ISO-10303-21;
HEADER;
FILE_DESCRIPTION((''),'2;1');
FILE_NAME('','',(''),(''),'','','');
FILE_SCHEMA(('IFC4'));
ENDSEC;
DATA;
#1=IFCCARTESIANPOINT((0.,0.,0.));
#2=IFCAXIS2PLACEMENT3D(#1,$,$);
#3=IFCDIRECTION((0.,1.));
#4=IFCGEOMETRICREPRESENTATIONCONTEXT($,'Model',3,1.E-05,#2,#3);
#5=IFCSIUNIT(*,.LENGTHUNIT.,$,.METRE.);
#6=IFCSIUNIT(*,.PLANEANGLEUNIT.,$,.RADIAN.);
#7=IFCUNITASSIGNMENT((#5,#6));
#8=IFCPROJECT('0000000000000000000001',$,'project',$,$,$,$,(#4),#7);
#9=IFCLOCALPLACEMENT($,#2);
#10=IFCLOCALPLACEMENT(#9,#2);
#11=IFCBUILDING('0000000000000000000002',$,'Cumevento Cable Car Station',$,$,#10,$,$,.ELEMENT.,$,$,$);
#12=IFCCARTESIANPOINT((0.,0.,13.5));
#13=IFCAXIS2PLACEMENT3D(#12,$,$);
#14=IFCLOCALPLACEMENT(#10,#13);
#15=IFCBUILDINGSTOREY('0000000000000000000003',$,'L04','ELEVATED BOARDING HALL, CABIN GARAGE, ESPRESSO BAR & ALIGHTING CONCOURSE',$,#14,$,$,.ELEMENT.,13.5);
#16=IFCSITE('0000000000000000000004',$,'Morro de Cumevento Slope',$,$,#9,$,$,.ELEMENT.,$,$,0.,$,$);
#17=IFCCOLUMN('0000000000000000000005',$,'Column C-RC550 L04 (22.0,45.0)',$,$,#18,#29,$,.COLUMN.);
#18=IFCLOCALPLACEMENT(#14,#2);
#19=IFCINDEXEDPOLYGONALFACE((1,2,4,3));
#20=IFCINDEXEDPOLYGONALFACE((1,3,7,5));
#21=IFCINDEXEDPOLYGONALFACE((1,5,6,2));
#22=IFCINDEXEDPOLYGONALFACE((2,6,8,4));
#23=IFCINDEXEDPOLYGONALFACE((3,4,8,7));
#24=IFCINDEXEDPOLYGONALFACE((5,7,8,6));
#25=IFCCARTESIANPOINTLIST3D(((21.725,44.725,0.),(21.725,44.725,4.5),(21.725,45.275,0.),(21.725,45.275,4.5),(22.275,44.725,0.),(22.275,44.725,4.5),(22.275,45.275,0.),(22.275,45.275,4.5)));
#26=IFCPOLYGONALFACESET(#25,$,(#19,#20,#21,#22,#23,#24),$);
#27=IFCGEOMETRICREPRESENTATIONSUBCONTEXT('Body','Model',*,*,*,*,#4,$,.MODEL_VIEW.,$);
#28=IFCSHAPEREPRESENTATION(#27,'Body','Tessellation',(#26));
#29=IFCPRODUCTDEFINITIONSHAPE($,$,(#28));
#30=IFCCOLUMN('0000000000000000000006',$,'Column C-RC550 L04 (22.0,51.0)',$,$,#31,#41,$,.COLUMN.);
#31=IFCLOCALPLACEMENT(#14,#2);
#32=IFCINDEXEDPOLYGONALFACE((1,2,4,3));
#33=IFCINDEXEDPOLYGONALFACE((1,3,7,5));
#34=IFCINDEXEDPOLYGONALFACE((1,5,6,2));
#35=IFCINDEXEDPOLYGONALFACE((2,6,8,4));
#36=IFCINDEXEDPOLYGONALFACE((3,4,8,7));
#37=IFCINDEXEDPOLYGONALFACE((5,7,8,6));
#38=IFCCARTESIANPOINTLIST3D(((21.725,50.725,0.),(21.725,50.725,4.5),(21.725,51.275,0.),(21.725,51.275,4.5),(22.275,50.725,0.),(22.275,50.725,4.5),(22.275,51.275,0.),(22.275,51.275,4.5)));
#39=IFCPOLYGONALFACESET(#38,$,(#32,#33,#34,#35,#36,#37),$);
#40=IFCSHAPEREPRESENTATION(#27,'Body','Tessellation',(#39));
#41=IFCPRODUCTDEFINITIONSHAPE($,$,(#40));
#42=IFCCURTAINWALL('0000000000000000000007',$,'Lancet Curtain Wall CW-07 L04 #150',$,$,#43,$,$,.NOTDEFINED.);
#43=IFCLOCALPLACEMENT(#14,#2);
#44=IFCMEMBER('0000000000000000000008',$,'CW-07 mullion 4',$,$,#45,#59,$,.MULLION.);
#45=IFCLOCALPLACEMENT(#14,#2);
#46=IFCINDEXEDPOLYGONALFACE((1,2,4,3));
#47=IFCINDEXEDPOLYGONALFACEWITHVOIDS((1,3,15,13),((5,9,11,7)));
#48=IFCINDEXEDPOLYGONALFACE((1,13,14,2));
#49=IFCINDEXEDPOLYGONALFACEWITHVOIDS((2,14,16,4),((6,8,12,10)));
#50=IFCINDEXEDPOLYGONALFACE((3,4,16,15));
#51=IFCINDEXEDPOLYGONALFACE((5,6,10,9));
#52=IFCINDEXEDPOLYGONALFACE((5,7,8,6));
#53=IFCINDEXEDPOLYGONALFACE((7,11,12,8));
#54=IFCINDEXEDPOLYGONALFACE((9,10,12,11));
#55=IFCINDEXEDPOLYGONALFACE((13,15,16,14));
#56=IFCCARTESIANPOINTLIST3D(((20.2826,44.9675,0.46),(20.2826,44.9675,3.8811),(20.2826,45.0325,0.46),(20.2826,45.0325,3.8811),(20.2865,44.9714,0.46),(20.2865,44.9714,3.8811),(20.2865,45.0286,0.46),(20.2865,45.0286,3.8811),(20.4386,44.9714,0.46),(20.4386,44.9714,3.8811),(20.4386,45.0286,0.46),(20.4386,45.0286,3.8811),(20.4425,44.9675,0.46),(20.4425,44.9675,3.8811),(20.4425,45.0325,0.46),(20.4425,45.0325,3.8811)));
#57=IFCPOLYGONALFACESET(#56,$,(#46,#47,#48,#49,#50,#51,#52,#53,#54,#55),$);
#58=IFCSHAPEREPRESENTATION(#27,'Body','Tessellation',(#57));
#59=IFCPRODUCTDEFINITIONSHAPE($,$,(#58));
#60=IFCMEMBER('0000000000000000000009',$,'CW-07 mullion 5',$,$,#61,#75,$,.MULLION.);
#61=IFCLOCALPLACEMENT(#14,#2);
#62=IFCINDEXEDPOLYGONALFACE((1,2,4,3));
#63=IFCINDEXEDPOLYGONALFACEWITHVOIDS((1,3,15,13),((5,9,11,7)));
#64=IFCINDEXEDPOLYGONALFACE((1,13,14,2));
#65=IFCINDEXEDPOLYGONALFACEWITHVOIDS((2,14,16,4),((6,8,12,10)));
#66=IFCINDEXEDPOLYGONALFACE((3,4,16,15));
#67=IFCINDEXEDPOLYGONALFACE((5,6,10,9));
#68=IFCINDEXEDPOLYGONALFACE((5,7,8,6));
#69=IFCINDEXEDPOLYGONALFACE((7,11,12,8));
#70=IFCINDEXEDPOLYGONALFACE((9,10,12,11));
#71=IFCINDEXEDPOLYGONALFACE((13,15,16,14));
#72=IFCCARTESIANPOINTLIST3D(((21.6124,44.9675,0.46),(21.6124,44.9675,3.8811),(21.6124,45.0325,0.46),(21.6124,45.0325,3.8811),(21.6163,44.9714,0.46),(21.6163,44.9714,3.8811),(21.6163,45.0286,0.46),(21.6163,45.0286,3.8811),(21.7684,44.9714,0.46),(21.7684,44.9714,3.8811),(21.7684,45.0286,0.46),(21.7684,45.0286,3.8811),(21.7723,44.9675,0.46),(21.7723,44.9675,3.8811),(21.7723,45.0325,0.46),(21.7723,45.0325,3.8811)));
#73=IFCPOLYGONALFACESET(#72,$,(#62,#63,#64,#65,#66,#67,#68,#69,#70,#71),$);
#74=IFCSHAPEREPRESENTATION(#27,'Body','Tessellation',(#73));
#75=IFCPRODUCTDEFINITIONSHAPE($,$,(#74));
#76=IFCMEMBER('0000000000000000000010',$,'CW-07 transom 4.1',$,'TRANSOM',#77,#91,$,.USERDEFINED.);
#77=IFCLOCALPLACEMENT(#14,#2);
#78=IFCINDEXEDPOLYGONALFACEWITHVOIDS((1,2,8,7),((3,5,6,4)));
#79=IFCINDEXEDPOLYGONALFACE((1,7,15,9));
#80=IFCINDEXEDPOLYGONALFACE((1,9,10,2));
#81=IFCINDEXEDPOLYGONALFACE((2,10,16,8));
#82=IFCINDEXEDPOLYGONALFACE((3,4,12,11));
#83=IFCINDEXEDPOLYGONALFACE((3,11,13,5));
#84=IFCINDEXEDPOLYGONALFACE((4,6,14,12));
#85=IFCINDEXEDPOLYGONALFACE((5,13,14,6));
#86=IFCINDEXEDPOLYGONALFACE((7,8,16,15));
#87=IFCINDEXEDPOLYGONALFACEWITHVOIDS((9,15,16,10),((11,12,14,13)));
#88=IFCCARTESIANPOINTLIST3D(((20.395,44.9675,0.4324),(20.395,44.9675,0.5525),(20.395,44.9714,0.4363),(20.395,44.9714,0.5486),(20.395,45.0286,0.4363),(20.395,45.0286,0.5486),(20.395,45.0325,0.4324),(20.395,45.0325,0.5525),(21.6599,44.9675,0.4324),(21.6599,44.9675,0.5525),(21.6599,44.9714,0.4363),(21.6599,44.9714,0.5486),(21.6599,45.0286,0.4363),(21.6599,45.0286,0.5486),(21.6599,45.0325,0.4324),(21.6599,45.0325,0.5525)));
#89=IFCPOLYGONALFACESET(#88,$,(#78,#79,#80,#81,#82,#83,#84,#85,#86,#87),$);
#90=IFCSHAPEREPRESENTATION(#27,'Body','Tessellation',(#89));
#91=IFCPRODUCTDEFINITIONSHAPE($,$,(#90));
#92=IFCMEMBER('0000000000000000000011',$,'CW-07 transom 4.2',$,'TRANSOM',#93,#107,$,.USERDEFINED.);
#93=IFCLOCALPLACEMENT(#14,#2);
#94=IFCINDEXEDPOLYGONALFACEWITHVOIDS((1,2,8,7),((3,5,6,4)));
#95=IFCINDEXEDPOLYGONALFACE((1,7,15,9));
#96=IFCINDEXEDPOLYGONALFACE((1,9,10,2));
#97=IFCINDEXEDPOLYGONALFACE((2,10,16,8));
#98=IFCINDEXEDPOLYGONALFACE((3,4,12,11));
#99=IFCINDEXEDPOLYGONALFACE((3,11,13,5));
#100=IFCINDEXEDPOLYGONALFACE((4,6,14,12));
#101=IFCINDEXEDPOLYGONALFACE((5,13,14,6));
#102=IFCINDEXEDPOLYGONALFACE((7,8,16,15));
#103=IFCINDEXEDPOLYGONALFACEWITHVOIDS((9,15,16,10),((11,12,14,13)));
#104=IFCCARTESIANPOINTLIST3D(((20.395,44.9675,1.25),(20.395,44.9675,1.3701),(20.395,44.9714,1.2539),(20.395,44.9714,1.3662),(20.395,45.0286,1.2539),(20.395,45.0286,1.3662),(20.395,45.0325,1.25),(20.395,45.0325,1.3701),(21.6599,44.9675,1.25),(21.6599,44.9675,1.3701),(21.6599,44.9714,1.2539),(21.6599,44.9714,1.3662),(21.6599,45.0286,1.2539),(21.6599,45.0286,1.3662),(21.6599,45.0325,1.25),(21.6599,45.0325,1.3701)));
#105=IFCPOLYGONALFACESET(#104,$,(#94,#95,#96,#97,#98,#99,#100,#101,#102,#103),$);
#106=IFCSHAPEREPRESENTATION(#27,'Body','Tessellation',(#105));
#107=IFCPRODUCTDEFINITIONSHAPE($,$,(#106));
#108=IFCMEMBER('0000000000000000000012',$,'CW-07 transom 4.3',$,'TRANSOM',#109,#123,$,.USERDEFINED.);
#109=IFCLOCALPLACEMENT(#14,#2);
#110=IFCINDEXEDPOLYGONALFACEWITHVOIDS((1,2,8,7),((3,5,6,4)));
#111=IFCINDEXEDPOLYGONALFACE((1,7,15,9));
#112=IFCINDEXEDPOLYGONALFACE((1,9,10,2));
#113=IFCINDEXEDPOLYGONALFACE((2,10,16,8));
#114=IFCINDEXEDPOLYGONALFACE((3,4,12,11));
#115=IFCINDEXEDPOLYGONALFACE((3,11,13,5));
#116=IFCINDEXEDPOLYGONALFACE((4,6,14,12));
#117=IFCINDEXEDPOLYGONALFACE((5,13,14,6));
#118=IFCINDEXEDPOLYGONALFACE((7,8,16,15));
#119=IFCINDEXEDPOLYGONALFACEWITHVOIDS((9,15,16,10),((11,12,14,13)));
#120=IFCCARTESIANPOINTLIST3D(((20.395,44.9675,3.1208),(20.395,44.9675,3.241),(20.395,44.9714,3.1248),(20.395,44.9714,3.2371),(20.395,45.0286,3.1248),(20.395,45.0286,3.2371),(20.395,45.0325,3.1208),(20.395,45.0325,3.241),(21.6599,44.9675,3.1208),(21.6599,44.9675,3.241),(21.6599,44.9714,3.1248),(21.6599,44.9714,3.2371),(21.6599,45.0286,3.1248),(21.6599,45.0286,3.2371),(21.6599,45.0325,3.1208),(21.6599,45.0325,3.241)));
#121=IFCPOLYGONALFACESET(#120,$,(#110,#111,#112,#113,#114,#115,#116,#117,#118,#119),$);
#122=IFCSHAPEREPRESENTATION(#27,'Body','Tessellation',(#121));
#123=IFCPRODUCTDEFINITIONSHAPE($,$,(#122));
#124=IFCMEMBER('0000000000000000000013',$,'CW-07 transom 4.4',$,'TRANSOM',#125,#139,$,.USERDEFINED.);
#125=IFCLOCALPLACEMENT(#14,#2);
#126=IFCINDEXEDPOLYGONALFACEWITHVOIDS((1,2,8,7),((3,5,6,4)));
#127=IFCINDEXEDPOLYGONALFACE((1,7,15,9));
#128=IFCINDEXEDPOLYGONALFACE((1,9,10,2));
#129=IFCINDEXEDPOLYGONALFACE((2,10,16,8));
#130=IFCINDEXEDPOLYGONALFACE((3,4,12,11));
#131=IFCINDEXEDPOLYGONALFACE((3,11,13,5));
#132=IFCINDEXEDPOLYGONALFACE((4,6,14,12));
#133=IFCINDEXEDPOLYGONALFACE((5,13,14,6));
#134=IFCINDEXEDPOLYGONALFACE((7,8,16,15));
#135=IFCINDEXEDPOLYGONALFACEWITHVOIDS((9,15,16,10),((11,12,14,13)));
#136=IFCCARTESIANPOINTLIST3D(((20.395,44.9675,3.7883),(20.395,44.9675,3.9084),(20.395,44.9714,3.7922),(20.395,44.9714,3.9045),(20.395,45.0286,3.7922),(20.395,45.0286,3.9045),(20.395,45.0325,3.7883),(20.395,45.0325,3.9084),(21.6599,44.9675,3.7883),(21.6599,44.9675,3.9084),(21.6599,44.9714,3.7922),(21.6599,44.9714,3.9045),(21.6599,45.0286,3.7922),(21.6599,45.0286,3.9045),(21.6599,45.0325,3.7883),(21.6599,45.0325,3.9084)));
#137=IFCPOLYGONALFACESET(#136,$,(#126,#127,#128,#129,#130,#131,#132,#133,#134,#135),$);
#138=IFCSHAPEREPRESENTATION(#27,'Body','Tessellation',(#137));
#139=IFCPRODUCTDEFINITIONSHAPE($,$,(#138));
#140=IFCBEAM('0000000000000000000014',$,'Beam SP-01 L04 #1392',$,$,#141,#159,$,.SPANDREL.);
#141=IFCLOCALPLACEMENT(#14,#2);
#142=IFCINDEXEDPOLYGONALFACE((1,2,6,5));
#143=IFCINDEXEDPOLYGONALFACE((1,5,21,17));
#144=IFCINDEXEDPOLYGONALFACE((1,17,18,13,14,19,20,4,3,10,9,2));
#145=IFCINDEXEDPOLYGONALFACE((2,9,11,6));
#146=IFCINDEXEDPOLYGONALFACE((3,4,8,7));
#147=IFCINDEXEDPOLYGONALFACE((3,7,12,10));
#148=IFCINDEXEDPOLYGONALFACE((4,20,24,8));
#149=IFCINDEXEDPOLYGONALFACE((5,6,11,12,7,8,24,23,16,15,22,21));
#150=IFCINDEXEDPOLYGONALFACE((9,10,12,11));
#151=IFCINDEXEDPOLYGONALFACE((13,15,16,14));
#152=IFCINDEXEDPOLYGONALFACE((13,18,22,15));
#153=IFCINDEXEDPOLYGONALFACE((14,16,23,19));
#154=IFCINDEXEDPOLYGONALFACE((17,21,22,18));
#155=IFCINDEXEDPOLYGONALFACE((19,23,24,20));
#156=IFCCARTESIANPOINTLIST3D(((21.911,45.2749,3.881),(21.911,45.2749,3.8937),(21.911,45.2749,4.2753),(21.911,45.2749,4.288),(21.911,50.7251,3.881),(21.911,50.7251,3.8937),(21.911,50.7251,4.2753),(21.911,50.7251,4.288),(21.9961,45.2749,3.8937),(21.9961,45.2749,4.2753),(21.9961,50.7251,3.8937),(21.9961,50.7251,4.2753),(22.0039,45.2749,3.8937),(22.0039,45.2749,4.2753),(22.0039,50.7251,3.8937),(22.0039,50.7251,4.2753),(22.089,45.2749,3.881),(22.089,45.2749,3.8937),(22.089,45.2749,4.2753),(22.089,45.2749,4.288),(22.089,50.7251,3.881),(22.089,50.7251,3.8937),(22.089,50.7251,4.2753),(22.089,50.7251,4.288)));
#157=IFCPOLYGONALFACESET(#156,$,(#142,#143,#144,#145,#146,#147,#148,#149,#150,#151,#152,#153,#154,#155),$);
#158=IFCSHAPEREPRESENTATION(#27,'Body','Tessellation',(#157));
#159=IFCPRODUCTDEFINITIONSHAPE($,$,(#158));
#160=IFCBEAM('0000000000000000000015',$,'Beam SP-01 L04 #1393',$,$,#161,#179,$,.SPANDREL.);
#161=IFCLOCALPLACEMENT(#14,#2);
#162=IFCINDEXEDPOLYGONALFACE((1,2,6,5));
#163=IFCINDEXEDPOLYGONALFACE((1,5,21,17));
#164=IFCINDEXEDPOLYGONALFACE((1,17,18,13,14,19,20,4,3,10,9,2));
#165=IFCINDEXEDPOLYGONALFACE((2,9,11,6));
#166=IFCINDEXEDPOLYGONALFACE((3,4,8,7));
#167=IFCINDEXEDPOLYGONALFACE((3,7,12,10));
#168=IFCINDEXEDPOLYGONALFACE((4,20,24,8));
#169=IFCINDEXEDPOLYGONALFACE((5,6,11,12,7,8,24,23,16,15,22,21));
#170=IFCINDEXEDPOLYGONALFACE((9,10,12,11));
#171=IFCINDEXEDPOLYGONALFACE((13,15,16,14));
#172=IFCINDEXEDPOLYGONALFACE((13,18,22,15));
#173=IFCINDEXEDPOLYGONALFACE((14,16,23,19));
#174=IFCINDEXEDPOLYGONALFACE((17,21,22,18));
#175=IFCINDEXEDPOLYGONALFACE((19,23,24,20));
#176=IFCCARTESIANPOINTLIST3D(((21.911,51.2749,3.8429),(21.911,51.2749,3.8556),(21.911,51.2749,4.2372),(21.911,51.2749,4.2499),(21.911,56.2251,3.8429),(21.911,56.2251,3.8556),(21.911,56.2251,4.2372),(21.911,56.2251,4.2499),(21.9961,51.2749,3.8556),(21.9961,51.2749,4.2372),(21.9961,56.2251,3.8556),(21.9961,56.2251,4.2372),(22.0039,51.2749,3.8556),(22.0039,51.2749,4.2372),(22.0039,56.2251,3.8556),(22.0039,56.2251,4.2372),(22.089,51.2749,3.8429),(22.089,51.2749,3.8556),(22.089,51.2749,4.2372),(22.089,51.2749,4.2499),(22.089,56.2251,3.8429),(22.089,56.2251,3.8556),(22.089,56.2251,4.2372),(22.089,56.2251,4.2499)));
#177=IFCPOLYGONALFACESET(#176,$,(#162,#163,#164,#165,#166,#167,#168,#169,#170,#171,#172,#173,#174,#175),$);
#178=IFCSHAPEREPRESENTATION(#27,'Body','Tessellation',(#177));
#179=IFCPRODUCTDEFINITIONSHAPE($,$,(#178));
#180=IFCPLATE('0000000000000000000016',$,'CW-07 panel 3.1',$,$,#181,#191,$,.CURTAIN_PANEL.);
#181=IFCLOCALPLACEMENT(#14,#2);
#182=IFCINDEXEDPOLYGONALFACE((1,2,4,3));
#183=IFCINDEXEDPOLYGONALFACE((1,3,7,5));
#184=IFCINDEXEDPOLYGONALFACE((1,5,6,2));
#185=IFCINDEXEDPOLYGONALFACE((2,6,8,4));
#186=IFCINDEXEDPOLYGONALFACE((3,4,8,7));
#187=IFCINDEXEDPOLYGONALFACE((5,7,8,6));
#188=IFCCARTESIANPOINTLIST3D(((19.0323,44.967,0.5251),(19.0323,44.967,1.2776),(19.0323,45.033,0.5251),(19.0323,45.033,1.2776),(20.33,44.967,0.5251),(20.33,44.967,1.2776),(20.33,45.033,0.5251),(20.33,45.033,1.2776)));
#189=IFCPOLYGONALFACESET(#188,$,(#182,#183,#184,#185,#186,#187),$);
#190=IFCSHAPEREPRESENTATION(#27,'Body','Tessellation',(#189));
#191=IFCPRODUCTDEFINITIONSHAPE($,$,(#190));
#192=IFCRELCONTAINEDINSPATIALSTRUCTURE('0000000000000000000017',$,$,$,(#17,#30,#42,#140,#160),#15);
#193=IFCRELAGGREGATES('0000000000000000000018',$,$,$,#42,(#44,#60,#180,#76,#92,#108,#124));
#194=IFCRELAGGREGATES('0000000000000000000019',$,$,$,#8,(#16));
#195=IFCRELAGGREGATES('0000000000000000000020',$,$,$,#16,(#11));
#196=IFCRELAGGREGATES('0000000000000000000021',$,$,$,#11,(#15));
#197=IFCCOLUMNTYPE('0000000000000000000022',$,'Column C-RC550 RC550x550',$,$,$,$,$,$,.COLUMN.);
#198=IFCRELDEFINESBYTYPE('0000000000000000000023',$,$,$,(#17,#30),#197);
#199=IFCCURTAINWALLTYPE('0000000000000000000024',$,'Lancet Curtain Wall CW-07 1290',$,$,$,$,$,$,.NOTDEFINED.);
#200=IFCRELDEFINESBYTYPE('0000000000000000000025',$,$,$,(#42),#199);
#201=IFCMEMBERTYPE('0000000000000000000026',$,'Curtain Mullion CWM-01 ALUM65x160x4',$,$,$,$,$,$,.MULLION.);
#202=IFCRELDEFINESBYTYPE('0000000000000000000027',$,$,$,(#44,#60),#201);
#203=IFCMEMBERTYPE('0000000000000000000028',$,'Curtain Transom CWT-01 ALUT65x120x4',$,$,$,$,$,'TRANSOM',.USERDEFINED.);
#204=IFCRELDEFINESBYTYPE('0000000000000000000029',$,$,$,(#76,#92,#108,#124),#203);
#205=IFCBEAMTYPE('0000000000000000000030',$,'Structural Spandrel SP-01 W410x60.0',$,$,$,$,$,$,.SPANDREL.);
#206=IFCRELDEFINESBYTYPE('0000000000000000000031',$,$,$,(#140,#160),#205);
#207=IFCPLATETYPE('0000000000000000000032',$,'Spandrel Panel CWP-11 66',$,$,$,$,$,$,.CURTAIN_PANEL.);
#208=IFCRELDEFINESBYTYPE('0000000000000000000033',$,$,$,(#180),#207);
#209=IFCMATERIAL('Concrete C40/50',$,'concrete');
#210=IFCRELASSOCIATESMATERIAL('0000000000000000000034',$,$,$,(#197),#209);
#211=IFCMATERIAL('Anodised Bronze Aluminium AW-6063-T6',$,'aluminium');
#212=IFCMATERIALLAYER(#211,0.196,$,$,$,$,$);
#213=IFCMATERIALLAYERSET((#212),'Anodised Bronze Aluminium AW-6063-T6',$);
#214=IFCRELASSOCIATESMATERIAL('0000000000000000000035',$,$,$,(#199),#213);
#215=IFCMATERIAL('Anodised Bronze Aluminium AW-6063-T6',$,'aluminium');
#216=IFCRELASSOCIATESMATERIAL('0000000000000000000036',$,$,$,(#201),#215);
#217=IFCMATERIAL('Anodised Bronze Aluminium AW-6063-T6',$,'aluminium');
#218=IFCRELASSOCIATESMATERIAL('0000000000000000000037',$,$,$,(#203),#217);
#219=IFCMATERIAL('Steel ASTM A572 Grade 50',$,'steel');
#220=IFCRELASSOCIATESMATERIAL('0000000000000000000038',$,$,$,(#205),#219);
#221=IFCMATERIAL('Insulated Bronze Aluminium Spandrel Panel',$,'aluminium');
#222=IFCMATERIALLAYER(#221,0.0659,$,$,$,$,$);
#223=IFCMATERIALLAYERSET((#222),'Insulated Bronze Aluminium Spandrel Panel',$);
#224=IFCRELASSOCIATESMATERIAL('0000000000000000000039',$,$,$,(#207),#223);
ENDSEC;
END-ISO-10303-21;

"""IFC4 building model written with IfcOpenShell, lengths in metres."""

from ifc_helpers import new_model, si_unit, direction, frame, origin, origin_2d, place, context, subcontext, project, spatial, rectangle, hollow_rectangle, i_section, extrude, material, layer, layer_set, material_profile, profile_set, type_object, element, aggregate, save


model = new_model("IFC4")

# Units and contexts
model_context = context("Model", 3, precision=1e-05, world=origin(), true_north=direction((0.0, 1.0)))
body_context = subcontext(model_context, "Body", "Model", "MODEL_VIEW")
ifc_project = project(units=[si_unit("LENGTHUNIT", "METRE"), si_unit("PLANEANGLEUNIT", "RADIAN")], contexts=[model_context])

# Site, building, storey
site_placement = place(None, origin())
site = spatial("IfcSite", under=ifc_project, at=site_placement, Name="Morro de Cumevento Slope", CompositionType="ELEMENT", RefElevation=0.0)
building_placement = place(site_placement, origin())
building = spatial("IfcBuilding", under=site, at=building_placement, Name="Cumevento Cable Car Station", CompositionType="ELEMENT")
storey_placement = place(building_placement, frame((0.0, 0.0, 13.5)))
storey = spatial("IfcBuildingStorey", under=building, at=storey_placement, Name="L04", Description="ELEVATED BOARDING HALL, CABIN GARAGE, ESPRESSO BAR & ALIGHTING CONCOURSE", CompositionType="ELEMENT", Elevation=13.5)

# Columns
ifc_material_1 = material(Name="Concrete C40/50", Category="concrete")
ifc_material_profile_1 = material_profile(ifc_material_1, rectangle(XDim=0.55, YDim=0.55, at=origin_2d()), Name="RC550x550")
ifc_profile_set_1 = profile_set([ifc_material_profile_1], Name="Concrete C40/50")
column_type = type_object("IfcColumnType", Name="Column C-RC550 RC550x550", PredefinedType="COLUMN", material=ifc_profile_set_1)
for number, where, z_axis, x_axis, name in (
    (1, (22.0, 45.0, 0.0), (0.0, 0.0, 1.0), (1.0, 0.0, 0.0), "Column C-RC550 L04 (22.0,45.0)"),
    (2, (22.0, 51.0, 0.0), (0.0, 0.0, 1.0), (1.0, 0.0, 0.0), "Column C-RC550 L04 (22.0,51.0)"),
):
    element("IfcColumn", number, at=place(storey_placement, frame(where, z_axis=z_axis, x_axis=x_axis)), inside=storey, type_object=column_type, Name=name, PredefinedType="COLUMN", context=body_context, shape_type="SweptSolid", body=[
        extrude(rectangle(XDim=0.55, YDim=0.55, at=origin_2d()), origin(), (0.0, 0.0, 1.0), 4.5),
    ])

# Curtain wall, members
ifc_material_2 = material(Name="Anodised Bronze Aluminium AW-6063-T6", Category="aluminium")
ifc_layer_1 = layer(ifc_material_2, 0.196)
ifc_layer_set_1 = layer_set([ifc_layer_1], Name="Anodised Bronze Aluminium AW-6063-T6")
curtain_wall_type = type_object("IfcCurtainWallType", Name="Lancet Curtain Wall CW-07 1290", PredefinedType="NOTDEFINED", material=ifc_layer_set_1)
curtain_wall_placement = place(storey_placement, origin())
curtain_wall = element("IfcCurtainWall", 3, at=curtain_wall_placement, inside=storey, type_object=curtain_wall_type, Name="Lancet Curtain Wall CW-07 L04 #150", PredefinedType="NOTDEFINED")
ifc_material_3 = material(Name="Anodised Bronze Aluminium AW-6063-T6", Category="aluminium")
ifc_material_profile_2 = material_profile(ifc_material_3, hollow_rectangle(XDim=0.0649, YDim=0.1599, WallThickness=0.0039, at=origin_2d()), Name="ALUM65x160x4")
ifc_profile_set_2 = profile_set([ifc_material_profile_2], Name="Anodised Bronze Aluminium AW-6063-T6")
member_type_1 = type_object("IfcMemberType", Name="Curtain Mullion CWM-01 ALUM65x160x4", PredefinedType="MULLION", material=ifc_profile_set_2)
member_1_placement = place(storey_placement, frame((20.3625, 45.0, 0.46), z_axis=(0.0, 0.0, 1.0), x_axis=(0.0, 1.0, 0.0)))
member_1 = element("IfcMember", 4, at=member_1_placement, type_object=member_type_1, Name="CW-07 mullion 4", PredefinedType="MULLION", context=body_context, shape_type="SweptSolid", body=[
    extrude(hollow_rectangle(XDim=0.0649, YDim=0.1599, WallThickness=0.0039, at=origin_2d()), origin(), (0.0, 0.0, 1.0), 3.4211),
])
member_2_placement = place(storey_placement, frame((21.6924, 45.0, 0.46), z_axis=(0.0, 0.0, 1.0), x_axis=(0.0, 1.0, 0.0)))
member_2 = element("IfcMember", 5, at=member_2_placement, type_object=member_type_1, Name="CW-07 mullion 5", PredefinedType="MULLION", context=body_context, shape_type="SweptSolid", body=[
    extrude(hollow_rectangle(XDim=0.0649, YDim=0.1599, WallThickness=0.0039, at=origin_2d()), origin(), (0.0, 0.0, 1.0), 3.4211),
])
ifc_material_4 = material(Name="Anodised Bronze Aluminium AW-6063-T6", Category="aluminium")
ifc_material_profile_3 = material_profile(ifc_material_4, hollow_rectangle(XDim=0.0649, YDim=0.1201, WallThickness=0.0039, at=origin_2d()), Name="ALUT65x120x4")
ifc_profile_set_3 = profile_set([ifc_material_profile_3], Name="Anodised Bronze Aluminium AW-6063-T6")
member_type_2 = type_object("IfcMemberType", Name="Curtain Transom CWT-01 ALUT65x120x4", ElementType="TRANSOM", PredefinedType="USERDEFINED", material=ifc_profile_set_3)
member_3_placement = place(storey_placement, frame((20.395, 45.0, 0.4924), z_axis=(1.0, 0.0, 0.0), x_axis=(0.0, 1.0, 0.0)))
member_3 = element("IfcMember", 6, at=member_3_placement, type_object=member_type_2, Name="CW-07 transom 4.1", ObjectType="TRANSOM", PredefinedType="USERDEFINED", context=body_context, shape_type="SweptSolid", body=[
    extrude(hollow_rectangle(XDim=0.0649, YDim=0.1201, WallThickness=0.0039, at=origin_2d()), origin(), (0.0, 0.0, 1.0), 1.2649),
])
member_4_placement = place(storey_placement, frame((20.395, 45.0, 1.3101), z_axis=(1.0, 0.0, 0.0), x_axis=(0.0, 1.0, 0.0)))
member_4 = element("IfcMember", 7, at=member_4_placement, type_object=member_type_2, Name="CW-07 transom 4.2", ObjectType="TRANSOM", PredefinedType="USERDEFINED", context=body_context, shape_type="SweptSolid", body=[
    extrude(hollow_rectangle(XDim=0.0649, YDim=0.1201, WallThickness=0.0039, at=origin_2d()), origin(), (0.0, 0.0, 1.0), 1.2649),
])
member_5_placement = place(storey_placement, frame((20.395, 45.0, 3.1809), z_axis=(1.0, 0.0, 0.0), x_axis=(0.0, 1.0, 0.0)))
member_5 = element("IfcMember", 8, at=member_5_placement, type_object=member_type_2, Name="CW-07 transom 4.3", ObjectType="TRANSOM", PredefinedType="USERDEFINED", context=body_context, shape_type="SweptSolid", body=[
    extrude(hollow_rectangle(XDim=0.0649, YDim=0.1201, WallThickness=0.0039, at=origin_2d()), origin(), (0.0, 0.0, 1.0), 1.2649),
])
member_6_placement = place(storey_placement, frame((20.395, 45.0, 3.8484), z_axis=(1.0, 0.0, 0.0), x_axis=(0.0, 1.0, 0.0)))
member_6 = element("IfcMember", 9, at=member_6_placement, type_object=member_type_2, Name="CW-07 transom 4.4", ObjectType="TRANSOM", PredefinedType="USERDEFINED", context=body_context, shape_type="SweptSolid", body=[
    extrude(hollow_rectangle(XDim=0.0649, YDim=0.1201, WallThickness=0.0039, at=origin_2d()), origin(), (0.0, 0.0, 1.0), 1.2649),
])

# Beams
ifc_material_5 = material(Name="Steel ASTM A572 Grade 50", Category="steel")
ifc_material_profile_4 = material_profile(ifc_material_5, i_section(OverallWidth=0.178, OverallDepth=0.407, WebThickness=0.0078, FlangeThickness=0.0127, at=origin_2d()), Name="W410x60.0")
ifc_profile_set_4 = profile_set([ifc_material_profile_4], Name="Steel ASTM A572 Grade 50")
beam_type = type_object("IfcBeamType", Name="Structural Spandrel SP-01 W410x60.0", PredefinedType="SPANDREL", material=ifc_profile_set_4)
beam_1_placement = place(storey_placement, frame((22.0, 45.2749, 4.0845), z_axis=(0.0, 1.0, 0.0), x_axis=(-1.0, 0.0, 0.0)))
element("IfcBeam", 10, at=beam_1_placement, inside=storey, type_object=beam_type, Name="Beam SP-01 L04 #1392", PredefinedType="SPANDREL", context=body_context, shape_type="SweptSolid", body=[
    extrude(i_section(OverallWidth=0.178, OverallDepth=0.407, WebThickness=0.0078, FlangeThickness=0.0127, at=origin_2d()), origin(), (0.0, 0.0, 1.0), 5.4502),
])
beam_2_placement = place(storey_placement, frame((22.0, 51.2749, 4.0464), z_axis=(0.0, 1.0, 0.0), x_axis=(-1.0, 0.0, 0.0)))
element("IfcBeam", 11, at=beam_2_placement, inside=storey, type_object=beam_type, Name="Beam SP-01 L04 #1393", PredefinedType="SPANDREL", context=body_context, shape_type="SweptSolid", body=[
    extrude(i_section(OverallWidth=0.178, OverallDepth=0.407, WebThickness=0.0078, FlangeThickness=0.0127, at=origin_2d()), origin(), (0.0, 0.0, 1.0), 4.9502),
])

# Plate
ifc_material_6 = material(Name="Insulated Bronze Aluminium Spandrel Panel", Category="aluminium")
ifc_layer_2 = layer(ifc_material_6, 0.0659)
ifc_layer_set_2 = layer_set([ifc_layer_2], Name="Insulated Bronze Aluminium Spandrel Panel")
plate_type = type_object("IfcPlateType", Name="Spandrel Panel CWP-11 66", PredefinedType="CURTAIN_PANEL", material=ifc_layer_set_2)
plate_1_placement = place(storey_placement, frame((19.6812, 45.0, 0.5251), z_axis=(0.0, 0.0, 1.0), x_axis=(1.0, 0.0, 0.0)))
plate_1 = element("IfcPlate", 12, at=plate_1_placement, type_object=plate_type, Name="CW-07 panel 3.1", PredefinedType="CURTAIN_PANEL", context=body_context, shape_type="SweptSolid", body=[
    extrude(rectangle(XDim=1.2976, YDim=0.0659, at=origin_2d()), origin(), (0.0, 0.0, 1.0), 0.7524),
])
aggregate(curtain_wall, [member_1, member_2, plate_1, member_3, member_4, member_5, member_6])

save(model, "model.ifc")
